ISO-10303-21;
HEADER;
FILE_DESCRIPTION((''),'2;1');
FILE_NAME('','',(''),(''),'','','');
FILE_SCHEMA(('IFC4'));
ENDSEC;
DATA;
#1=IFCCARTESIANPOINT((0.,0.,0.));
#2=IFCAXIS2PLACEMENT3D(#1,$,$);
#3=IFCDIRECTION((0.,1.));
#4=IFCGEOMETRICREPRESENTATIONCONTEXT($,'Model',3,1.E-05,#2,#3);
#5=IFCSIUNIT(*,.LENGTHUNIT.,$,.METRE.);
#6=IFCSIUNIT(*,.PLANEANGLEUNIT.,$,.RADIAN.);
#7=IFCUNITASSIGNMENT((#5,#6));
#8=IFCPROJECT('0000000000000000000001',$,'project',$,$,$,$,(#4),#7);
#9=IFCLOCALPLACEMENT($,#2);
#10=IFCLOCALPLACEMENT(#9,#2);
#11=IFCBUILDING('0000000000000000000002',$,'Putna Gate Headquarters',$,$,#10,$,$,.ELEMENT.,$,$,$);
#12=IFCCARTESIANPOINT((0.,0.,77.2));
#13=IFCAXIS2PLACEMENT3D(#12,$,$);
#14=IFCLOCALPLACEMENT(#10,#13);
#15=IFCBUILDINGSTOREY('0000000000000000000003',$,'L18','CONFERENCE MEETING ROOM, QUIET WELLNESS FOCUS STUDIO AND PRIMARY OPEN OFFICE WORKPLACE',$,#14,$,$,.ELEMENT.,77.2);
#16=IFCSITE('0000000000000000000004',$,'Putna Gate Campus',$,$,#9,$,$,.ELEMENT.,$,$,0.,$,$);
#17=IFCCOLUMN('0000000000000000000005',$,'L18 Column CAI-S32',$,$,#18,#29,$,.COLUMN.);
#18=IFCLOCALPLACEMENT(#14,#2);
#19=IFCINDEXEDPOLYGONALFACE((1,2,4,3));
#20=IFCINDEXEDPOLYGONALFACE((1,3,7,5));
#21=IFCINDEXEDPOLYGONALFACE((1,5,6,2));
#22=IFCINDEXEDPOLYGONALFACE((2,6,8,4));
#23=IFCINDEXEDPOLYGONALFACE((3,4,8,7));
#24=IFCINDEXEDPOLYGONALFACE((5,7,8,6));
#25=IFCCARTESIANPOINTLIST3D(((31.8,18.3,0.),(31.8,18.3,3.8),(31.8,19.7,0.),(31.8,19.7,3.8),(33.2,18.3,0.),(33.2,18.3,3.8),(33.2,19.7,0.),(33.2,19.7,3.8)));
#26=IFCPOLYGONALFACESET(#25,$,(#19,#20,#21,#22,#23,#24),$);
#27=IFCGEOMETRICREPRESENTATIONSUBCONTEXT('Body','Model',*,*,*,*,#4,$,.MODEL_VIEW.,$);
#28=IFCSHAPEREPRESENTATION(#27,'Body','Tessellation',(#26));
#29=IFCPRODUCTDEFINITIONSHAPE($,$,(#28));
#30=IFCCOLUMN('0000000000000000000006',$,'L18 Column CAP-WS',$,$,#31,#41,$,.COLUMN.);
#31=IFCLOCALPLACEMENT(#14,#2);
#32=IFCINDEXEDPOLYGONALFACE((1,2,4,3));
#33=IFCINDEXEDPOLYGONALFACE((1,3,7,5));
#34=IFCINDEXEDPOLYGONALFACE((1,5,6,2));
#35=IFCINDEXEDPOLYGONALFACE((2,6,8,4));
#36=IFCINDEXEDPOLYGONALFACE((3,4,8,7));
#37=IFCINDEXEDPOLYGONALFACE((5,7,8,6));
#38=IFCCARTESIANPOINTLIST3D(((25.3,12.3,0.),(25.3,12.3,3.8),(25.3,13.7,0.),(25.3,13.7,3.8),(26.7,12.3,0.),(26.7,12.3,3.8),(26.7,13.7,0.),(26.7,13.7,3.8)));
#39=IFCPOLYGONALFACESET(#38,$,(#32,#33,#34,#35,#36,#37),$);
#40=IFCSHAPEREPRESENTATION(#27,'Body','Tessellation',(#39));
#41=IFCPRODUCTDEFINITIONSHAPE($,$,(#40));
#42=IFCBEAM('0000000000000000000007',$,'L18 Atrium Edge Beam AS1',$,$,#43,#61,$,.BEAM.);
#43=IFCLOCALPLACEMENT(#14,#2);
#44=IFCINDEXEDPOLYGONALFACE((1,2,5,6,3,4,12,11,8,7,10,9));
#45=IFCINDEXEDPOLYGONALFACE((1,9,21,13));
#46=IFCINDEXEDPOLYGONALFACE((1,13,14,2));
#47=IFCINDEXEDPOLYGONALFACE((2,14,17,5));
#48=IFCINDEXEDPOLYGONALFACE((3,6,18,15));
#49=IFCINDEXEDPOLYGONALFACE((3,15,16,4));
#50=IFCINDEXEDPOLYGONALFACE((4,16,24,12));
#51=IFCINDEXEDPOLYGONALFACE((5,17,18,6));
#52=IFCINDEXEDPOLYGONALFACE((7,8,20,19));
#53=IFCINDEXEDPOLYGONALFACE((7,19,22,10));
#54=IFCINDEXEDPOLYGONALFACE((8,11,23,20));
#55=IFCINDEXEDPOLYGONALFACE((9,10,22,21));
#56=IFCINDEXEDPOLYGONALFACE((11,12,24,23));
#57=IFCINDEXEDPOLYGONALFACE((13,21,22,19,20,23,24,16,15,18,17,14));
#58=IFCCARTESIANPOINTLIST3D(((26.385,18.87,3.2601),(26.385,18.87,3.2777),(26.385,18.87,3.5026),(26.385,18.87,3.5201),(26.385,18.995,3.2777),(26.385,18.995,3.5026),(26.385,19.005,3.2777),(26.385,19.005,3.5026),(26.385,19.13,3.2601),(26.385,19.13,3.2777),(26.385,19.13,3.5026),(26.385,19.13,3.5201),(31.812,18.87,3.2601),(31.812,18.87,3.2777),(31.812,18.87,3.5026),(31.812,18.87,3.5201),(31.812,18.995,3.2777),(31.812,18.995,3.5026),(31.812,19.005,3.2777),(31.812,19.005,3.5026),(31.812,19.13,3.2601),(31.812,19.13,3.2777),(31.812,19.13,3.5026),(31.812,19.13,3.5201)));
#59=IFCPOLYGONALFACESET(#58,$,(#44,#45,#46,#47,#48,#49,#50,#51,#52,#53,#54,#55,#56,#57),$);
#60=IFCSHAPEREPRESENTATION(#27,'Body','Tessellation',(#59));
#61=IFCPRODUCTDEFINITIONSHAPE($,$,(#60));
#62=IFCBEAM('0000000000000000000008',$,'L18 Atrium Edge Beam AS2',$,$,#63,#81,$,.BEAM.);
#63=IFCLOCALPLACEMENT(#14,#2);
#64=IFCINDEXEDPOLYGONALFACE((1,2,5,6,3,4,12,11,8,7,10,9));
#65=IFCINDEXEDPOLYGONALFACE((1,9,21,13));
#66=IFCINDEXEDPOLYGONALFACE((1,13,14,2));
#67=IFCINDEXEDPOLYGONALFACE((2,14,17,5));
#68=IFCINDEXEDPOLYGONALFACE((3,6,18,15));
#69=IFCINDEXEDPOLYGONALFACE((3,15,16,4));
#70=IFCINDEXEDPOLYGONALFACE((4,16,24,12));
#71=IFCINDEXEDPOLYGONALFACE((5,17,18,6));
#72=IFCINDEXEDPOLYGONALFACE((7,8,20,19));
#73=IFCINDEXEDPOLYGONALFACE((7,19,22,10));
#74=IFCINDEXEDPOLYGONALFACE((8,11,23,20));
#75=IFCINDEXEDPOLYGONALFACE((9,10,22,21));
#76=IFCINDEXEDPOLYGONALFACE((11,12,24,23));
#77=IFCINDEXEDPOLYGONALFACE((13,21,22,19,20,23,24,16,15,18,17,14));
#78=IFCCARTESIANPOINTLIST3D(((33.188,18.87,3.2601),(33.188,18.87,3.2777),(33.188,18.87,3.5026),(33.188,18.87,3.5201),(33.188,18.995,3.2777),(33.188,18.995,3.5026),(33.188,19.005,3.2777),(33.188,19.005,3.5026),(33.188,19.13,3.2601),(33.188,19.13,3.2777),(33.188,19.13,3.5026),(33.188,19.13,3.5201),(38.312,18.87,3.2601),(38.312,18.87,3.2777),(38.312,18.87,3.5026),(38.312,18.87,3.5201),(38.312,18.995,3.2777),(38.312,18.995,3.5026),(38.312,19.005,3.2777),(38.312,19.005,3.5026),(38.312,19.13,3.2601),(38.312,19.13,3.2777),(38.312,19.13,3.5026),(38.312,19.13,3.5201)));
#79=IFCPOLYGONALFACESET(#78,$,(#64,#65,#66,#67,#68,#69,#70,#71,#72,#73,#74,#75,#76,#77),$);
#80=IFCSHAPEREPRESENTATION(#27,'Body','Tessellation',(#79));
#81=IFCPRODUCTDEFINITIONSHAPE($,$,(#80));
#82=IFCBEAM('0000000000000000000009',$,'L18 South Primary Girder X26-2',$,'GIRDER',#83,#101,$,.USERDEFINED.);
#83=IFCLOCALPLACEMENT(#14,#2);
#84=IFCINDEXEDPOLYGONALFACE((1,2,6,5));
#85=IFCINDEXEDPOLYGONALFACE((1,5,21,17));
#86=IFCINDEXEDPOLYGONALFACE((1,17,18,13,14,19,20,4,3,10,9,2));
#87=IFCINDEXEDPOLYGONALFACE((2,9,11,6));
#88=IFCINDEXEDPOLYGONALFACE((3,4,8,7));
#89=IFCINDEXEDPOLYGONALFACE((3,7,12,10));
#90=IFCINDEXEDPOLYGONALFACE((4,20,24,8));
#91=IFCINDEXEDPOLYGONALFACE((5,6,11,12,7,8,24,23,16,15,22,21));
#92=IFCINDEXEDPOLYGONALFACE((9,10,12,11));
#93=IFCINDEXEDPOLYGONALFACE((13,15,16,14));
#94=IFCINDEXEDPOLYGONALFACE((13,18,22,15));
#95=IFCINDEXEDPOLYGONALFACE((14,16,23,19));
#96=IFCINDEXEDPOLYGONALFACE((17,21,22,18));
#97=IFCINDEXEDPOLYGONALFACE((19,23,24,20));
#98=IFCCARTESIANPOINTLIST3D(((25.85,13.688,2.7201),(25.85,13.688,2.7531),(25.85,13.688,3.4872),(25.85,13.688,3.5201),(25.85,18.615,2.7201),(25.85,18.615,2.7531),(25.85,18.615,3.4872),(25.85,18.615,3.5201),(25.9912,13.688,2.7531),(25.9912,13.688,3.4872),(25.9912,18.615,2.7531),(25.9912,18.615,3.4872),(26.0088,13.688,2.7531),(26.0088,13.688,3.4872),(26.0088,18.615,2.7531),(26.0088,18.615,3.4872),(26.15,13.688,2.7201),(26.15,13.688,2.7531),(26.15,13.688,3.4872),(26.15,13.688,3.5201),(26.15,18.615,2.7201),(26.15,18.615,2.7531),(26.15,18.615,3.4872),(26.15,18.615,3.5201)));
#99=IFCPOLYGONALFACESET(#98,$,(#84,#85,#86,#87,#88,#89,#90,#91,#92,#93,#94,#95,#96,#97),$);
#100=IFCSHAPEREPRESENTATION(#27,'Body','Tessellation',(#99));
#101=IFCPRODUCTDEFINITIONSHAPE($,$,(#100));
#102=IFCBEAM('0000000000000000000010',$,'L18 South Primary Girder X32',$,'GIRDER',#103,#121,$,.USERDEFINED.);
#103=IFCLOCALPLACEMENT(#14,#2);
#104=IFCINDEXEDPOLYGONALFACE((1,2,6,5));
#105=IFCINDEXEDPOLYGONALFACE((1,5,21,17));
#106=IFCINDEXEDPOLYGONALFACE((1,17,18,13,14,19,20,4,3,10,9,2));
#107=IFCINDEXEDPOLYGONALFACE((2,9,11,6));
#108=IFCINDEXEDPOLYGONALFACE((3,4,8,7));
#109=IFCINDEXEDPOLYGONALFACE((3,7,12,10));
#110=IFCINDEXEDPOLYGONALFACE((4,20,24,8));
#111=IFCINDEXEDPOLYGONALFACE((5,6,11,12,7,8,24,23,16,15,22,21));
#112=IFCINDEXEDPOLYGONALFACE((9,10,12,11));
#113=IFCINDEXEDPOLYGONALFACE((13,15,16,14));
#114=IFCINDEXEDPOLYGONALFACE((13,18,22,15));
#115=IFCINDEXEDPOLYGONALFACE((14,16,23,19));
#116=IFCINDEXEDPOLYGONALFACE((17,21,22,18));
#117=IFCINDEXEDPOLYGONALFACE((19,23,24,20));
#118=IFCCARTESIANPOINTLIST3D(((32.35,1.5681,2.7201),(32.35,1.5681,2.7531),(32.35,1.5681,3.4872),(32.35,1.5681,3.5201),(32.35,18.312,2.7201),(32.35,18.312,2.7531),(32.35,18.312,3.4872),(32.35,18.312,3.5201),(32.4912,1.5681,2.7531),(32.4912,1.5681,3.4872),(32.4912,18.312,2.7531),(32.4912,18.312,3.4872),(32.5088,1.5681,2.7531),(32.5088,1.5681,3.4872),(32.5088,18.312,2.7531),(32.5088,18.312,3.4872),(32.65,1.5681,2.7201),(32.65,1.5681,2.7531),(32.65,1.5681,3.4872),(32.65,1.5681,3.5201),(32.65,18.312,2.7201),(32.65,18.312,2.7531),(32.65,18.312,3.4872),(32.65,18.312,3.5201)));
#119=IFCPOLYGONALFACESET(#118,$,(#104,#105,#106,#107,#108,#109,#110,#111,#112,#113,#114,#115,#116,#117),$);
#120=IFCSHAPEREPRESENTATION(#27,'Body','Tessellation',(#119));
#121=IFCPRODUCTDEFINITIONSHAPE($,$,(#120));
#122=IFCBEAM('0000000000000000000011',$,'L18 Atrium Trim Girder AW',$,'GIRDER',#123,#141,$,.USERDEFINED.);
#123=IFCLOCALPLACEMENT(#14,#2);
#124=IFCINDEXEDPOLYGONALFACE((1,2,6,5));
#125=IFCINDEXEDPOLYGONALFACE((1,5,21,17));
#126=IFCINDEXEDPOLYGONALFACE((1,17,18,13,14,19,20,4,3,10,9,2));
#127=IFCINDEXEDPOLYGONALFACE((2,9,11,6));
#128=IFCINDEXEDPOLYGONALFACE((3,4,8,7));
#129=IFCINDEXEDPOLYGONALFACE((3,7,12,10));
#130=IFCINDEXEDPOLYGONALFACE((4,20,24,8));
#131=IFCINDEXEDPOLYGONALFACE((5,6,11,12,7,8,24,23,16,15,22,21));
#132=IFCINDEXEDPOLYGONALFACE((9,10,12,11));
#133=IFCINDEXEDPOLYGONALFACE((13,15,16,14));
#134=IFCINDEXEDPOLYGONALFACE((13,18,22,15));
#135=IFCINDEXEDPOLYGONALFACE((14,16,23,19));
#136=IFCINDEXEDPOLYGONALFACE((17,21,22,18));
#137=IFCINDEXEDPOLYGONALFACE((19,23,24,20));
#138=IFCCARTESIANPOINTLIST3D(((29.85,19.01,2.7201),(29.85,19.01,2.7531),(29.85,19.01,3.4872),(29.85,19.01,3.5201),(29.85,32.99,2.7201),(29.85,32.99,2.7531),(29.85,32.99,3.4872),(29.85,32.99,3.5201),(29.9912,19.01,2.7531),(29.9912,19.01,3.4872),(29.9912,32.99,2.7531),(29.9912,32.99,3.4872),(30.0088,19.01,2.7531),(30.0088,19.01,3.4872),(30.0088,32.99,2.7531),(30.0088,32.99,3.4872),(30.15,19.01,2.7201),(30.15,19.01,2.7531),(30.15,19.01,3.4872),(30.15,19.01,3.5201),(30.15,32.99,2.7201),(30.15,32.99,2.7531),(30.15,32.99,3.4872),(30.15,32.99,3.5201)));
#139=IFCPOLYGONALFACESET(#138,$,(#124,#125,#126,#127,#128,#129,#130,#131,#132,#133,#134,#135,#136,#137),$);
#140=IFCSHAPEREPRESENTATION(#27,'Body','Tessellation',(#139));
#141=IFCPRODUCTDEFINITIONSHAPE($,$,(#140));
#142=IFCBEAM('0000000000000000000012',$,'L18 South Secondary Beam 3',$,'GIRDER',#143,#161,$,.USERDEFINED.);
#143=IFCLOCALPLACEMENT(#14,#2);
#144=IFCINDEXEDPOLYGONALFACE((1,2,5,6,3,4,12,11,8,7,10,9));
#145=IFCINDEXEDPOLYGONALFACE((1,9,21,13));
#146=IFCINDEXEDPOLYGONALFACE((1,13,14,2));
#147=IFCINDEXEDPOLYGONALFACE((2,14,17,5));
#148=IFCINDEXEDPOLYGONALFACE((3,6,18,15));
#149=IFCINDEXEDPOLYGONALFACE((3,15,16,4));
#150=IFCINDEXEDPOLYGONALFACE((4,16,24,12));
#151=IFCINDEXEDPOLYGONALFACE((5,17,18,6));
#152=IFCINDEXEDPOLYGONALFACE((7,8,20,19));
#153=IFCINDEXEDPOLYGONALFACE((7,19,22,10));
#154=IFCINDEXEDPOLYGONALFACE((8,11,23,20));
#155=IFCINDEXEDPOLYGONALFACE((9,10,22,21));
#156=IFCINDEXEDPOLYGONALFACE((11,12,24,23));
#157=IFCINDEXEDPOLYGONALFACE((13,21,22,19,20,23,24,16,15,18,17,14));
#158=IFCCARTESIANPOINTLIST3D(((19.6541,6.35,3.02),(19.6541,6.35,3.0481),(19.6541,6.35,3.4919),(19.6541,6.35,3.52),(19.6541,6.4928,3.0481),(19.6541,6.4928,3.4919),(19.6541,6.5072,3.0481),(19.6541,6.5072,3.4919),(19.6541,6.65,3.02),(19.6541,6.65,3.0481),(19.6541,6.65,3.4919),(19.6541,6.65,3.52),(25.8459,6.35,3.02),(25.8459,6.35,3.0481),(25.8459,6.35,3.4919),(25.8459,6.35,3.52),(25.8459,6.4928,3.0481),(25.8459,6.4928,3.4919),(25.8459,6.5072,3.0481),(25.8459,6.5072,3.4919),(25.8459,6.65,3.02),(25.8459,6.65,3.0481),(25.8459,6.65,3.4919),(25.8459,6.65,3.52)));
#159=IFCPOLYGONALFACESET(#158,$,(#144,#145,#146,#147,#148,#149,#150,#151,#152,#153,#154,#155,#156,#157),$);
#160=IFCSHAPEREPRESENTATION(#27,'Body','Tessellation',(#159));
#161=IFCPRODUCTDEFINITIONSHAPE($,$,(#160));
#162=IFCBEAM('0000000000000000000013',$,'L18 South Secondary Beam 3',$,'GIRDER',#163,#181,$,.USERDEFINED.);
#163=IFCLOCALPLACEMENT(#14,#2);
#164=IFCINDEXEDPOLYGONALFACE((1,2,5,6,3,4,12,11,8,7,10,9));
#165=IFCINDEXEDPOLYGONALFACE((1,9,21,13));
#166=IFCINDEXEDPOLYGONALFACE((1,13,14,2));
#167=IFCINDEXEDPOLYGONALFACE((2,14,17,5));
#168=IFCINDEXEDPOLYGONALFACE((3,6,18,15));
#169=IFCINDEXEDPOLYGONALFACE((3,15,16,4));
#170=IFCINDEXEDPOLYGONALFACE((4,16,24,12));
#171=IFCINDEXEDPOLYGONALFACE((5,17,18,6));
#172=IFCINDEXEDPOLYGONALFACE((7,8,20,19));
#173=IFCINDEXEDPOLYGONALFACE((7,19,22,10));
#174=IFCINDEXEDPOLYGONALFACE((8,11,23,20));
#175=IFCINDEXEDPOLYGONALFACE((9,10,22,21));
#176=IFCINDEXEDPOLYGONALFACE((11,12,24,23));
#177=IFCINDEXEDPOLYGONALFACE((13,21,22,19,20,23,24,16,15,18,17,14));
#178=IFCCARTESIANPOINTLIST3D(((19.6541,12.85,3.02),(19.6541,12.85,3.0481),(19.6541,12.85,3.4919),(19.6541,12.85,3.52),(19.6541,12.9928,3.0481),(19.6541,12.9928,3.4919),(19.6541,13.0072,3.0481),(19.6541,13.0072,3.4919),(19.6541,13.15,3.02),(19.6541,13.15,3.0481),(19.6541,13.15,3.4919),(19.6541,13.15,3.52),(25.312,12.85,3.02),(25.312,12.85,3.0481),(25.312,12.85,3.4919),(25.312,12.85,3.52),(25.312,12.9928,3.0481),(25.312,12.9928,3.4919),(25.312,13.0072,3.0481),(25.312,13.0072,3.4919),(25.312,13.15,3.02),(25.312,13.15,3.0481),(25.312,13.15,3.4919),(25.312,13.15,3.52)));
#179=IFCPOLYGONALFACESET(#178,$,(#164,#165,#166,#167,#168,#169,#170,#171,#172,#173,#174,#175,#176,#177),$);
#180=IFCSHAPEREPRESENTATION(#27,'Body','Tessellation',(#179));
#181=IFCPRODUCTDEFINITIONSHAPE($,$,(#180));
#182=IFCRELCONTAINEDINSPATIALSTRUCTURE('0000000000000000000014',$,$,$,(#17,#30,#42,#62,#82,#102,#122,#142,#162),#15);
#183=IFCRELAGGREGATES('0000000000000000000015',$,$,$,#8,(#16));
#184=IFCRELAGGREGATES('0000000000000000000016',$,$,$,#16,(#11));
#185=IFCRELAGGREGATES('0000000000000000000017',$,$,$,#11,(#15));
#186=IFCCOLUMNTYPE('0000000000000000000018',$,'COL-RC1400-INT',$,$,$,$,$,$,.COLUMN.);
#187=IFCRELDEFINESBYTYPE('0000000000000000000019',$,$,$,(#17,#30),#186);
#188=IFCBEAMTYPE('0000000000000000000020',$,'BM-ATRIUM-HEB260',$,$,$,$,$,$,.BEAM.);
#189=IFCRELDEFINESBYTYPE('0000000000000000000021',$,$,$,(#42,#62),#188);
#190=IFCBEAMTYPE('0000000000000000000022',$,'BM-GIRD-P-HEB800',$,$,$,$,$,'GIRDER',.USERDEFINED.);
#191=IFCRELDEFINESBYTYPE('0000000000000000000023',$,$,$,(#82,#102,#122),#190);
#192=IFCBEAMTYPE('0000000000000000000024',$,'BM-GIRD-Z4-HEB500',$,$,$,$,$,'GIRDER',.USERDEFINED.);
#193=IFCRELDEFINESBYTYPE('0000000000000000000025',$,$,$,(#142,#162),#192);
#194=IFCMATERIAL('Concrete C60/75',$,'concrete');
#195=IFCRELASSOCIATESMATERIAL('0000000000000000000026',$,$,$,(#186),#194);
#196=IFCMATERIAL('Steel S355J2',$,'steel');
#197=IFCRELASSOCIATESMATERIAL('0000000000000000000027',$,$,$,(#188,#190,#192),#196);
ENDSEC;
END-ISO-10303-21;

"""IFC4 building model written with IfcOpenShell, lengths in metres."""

from ifc_helpers import new_model, si_unit, direction, frame, origin, origin_2d, place, context, subcontext, project, spatial, rectangle, i_section, extrude, material, material_profile, profile_set, type_object, element, save


model = new_model("IFC4")

# Units and contexts
model_context = context("Model", 3, precision=1e-05, world=origin(), true_north=direction((0.0, 1.0)))
body_context = subcontext(model_context, "Body", "Model", "MODEL_VIEW")
ifc_project = project(units=[si_unit("LENGTHUNIT", "METRE"), si_unit("PLANEANGLEUNIT", "RADIAN")], contexts=[model_context])

# Site, building, storey
site_placement = place(None, origin())
site = spatial("IfcSite", under=ifc_project, at=site_placement, Name="Putna Gate Campus", CompositionType="ELEMENT", RefElevation=0.0)
building_placement = place(site_placement, origin())
building = spatial("IfcBuilding", under=site, at=building_placement, Name="Putna Gate Headquarters", CompositionType="ELEMENT")
storey_placement = place(building_placement, frame((0.0, 0.0, 77.2)))
storey = spatial("IfcBuildingStorey", under=building, at=storey_placement, Name="L18", Description="CONFERENCE MEETING ROOM, QUIET WELLNESS FOCUS STUDIO AND PRIMARY OPEN OFFICE WORKPLACE", CompositionType="ELEMENT", Elevation=77.2)

# Columns
ifc_material_1 = material(Name="Concrete C60/75", Category="concrete")
ifc_material_profile_1 = material_profile(ifc_material_1, rectangle(XDim=1.3999, YDim=1.3999, at=origin_2d()), Name="Concrete C60/75")
ifc_profile_set_1 = profile_set([ifc_material_profile_1], Name="Concrete C60/75")
column_type = type_object("IfcColumnType", Name="COL-RC1400-INT", PredefinedType="COLUMN", material=ifc_profile_set_1)
for number, where, z_axis, x_axis, name in (
    (1, (32.5, 19.0, 0.0), (0.0, 0.0, 1.0), (1.0, 0.0, 0.0), "L18 Column CAI-S32"),
    (2, (26.0, 13.0, 0.0), (0.0, 0.0, 1.0), (1.0, 0.0, 0.0), "L18 Column CAP-WS"),
):
    element("IfcColumn", number, at=place(storey_placement, frame(where, z_axis=z_axis, x_axis=x_axis)), inside=storey, type_object=column_type, Name=name, PredefinedType="COLUMN", context=body_context, shape_type="SweptSolid", body=[
        extrude(rectangle(XDim=1.3999, YDim=1.3999, at=origin_2d()), origin(), (0.0, 0.0, 1.0), 3.8),
    ])

# Beams
ifc_material_2 = material(Name="Steel S355J2", Category="steel")
ifc_material_profile_2 = material_profile(ifc_material_2, i_section(OverallWidth=0.26, OverallDepth=0.26, WebThickness=0.01, FlangeThickness=0.0176, at=origin_2d()), Name="Steel S355J2")
ifc_profile_set_2 = profile_set([ifc_material_profile_2], Name="Steel S355J2")
beam_type_1 = type_object("IfcBeamType", Name="BM-ATRIUM-HEB260", PredefinedType="BEAM", material=ifc_profile_set_2)
beam_1_placement = place(storey_placement, frame((26.385, 19.0, 3.3901), z_axis=(1.0, 0.0, 0.0), x_axis=(0.0, 1.0, 0.0)))
element("IfcBeam", 3, at=beam_1_placement, inside=storey, type_object=beam_type_1, Name="L18 Atrium Edge Beam AS1", PredefinedType="BEAM", context=body_context, shape_type="SweptSolid", body=[
    extrude(i_section(OverallWidth=0.26, OverallDepth=0.26, WebThickness=0.01, FlangeThickness=0.0176, at=origin_2d()), origin(), (0.0, 0.0, 1.0), 5.427),
])
beam_2_placement = place(storey_placement, frame((33.188, 19.0, 3.3901), z_axis=(1.0, 0.0, 0.0), x_axis=(0.0, 1.0, 0.0)))
element("IfcBeam", 4, at=beam_2_placement, inside=storey, type_object=beam_type_1, Name="L18 Atrium Edge Beam AS2", PredefinedType="BEAM", context=body_context, shape_type="SweptSolid", body=[
    extrude(i_section(OverallWidth=0.26, OverallDepth=0.26, WebThickness=0.01, FlangeThickness=0.0176, at=origin_2d()), origin(), (0.0, 0.0, 1.0), 5.124),
])
ifc_material_profile_3 = material_profile(ifc_material_2, i_section(OverallWidth=0.3, OverallDepth=0.8, WebThickness=0.0176, FlangeThickness=0.033, at=origin_2d()), Name="Steel S355J2")
ifc_profile_set_3 = profile_set([ifc_material_profile_3], Name="Steel S355J2")
beam_type_2 = type_object("IfcBeamType", Name="BM-GIRD-P-HEB800", ElementType="GIRDER", PredefinedType="USERDEFINED", material=ifc_profile_set_3)
beam_3_placement = place(storey_placement, frame((26.0, 13.688, 3.1201), z_axis=(0.0, 1.0, 0.0), x_axis=(-1.0, 0.0, 0.0)))
element("IfcBeam", 5, at=beam_3_placement, inside=storey, type_object=beam_type_2, Name="L18 South Primary Girder X26-2", ObjectType="GIRDER", PredefinedType="USERDEFINED", context=body_context, shape_type="SweptSolid", body=[
    extrude(i_section(OverallWidth=0.3, OverallDepth=0.8, WebThickness=0.0176, FlangeThickness=0.033, at=origin_2d()), origin(), (0.0, 0.0, 1.0), 4.927),
])
beam_4_placement = place(storey_placement, frame((32.5, 1.5681, 3.1201), z_axis=(0.0, 1.0, 0.0), x_axis=(-1.0, 0.0, 0.0)))
element("IfcBeam", 6, at=beam_4_placement, inside=storey, type_object=beam_type_2, Name="L18 South Primary Girder X32", ObjectType="GIRDER", PredefinedType="USERDEFINED", context=body_context, shape_type="SweptSolid", body=[
    extrude(i_section(OverallWidth=0.3, OverallDepth=0.8, WebThickness=0.0176, FlangeThickness=0.033, at=origin_2d()), origin(), (0.0, 0.0, 1.0), 16.7439),
])
beam_5_placement = place(storey_placement, frame((30.0, 19.01, 3.1201), z_axis=(0.0, 1.0, 0.0), x_axis=(-1.0, 0.0, 0.0)))
element("IfcBeam", 7, at=beam_5_placement, inside=storey, type_object=beam_type_2, Name="L18 Atrium Trim Girder AW", ObjectType="GIRDER", PredefinedType="USERDEFINED", context=body_context, shape_type="SweptSolid", body=[
    extrude(i_section(OverallWidth=0.3, OverallDepth=0.8, WebThickness=0.0176, FlangeThickness=0.033, at=origin_2d()), origin(), (0.0, 0.0, 1.0), 13.98),
])
ifc_material_profile_4 = material_profile(ifc_material_2, i_section(OverallWidth=0.3, OverallDepth=0.5, WebThickness=0.0144, FlangeThickness=0.0281, at=origin_2d()), Name="Steel S355J2")
ifc_profile_set_4 = profile_set([ifc_material_profile_4], Name="Steel S355J2")
beam_type_3 = type_object("IfcBeamType", Name="BM-GIRD-Z4-HEB500", ElementType="GIRDER", PredefinedType="USERDEFINED", material=ifc_profile_set_4)
beam_6_placement = place(storey_placement, frame((19.6541, 6.5, 3.27), z_axis=(1.0, 0.0, 0.0), x_axis=(0.0, 1.0, 0.0)))
element("IfcBeam", 8, at=beam_6_placement, inside=storey, type_object=beam_type_3, Name="L18 South Secondary Beam 3", ObjectType="GIRDER", PredefinedType="USERDEFINED", context=body_context, shape_type="SweptSolid", body=[
    extrude(i_section(OverallWidth=0.3, OverallDepth=0.5, WebThickness=0.0144, FlangeThickness=0.0281, at=origin_2d()), origin(), (0.0, 0.0, 1.0), 6.1919),
])
beam_7_placement = place(storey_placement, frame((19.6541, 13.0, 3.27), z_axis=(1.0, 0.0, 0.0), x_axis=(0.0, 1.0, 0.0)))
element("IfcBeam", 9, at=beam_7_placement, inside=storey, type_object=beam_type_3, Name="L18 South Secondary Beam 3", ObjectType="GIRDER", PredefinedType="USERDEFINED", context=body_context, shape_type="SweptSolid", body=[
    extrude(i_section(OverallWidth=0.3, OverallDepth=0.5, WebThickness=0.0144, FlangeThickness=0.0281, at=origin_2d()), origin(), (0.0, 0.0, 1.0), 5.658),
])

save(model, "model.ifc")
